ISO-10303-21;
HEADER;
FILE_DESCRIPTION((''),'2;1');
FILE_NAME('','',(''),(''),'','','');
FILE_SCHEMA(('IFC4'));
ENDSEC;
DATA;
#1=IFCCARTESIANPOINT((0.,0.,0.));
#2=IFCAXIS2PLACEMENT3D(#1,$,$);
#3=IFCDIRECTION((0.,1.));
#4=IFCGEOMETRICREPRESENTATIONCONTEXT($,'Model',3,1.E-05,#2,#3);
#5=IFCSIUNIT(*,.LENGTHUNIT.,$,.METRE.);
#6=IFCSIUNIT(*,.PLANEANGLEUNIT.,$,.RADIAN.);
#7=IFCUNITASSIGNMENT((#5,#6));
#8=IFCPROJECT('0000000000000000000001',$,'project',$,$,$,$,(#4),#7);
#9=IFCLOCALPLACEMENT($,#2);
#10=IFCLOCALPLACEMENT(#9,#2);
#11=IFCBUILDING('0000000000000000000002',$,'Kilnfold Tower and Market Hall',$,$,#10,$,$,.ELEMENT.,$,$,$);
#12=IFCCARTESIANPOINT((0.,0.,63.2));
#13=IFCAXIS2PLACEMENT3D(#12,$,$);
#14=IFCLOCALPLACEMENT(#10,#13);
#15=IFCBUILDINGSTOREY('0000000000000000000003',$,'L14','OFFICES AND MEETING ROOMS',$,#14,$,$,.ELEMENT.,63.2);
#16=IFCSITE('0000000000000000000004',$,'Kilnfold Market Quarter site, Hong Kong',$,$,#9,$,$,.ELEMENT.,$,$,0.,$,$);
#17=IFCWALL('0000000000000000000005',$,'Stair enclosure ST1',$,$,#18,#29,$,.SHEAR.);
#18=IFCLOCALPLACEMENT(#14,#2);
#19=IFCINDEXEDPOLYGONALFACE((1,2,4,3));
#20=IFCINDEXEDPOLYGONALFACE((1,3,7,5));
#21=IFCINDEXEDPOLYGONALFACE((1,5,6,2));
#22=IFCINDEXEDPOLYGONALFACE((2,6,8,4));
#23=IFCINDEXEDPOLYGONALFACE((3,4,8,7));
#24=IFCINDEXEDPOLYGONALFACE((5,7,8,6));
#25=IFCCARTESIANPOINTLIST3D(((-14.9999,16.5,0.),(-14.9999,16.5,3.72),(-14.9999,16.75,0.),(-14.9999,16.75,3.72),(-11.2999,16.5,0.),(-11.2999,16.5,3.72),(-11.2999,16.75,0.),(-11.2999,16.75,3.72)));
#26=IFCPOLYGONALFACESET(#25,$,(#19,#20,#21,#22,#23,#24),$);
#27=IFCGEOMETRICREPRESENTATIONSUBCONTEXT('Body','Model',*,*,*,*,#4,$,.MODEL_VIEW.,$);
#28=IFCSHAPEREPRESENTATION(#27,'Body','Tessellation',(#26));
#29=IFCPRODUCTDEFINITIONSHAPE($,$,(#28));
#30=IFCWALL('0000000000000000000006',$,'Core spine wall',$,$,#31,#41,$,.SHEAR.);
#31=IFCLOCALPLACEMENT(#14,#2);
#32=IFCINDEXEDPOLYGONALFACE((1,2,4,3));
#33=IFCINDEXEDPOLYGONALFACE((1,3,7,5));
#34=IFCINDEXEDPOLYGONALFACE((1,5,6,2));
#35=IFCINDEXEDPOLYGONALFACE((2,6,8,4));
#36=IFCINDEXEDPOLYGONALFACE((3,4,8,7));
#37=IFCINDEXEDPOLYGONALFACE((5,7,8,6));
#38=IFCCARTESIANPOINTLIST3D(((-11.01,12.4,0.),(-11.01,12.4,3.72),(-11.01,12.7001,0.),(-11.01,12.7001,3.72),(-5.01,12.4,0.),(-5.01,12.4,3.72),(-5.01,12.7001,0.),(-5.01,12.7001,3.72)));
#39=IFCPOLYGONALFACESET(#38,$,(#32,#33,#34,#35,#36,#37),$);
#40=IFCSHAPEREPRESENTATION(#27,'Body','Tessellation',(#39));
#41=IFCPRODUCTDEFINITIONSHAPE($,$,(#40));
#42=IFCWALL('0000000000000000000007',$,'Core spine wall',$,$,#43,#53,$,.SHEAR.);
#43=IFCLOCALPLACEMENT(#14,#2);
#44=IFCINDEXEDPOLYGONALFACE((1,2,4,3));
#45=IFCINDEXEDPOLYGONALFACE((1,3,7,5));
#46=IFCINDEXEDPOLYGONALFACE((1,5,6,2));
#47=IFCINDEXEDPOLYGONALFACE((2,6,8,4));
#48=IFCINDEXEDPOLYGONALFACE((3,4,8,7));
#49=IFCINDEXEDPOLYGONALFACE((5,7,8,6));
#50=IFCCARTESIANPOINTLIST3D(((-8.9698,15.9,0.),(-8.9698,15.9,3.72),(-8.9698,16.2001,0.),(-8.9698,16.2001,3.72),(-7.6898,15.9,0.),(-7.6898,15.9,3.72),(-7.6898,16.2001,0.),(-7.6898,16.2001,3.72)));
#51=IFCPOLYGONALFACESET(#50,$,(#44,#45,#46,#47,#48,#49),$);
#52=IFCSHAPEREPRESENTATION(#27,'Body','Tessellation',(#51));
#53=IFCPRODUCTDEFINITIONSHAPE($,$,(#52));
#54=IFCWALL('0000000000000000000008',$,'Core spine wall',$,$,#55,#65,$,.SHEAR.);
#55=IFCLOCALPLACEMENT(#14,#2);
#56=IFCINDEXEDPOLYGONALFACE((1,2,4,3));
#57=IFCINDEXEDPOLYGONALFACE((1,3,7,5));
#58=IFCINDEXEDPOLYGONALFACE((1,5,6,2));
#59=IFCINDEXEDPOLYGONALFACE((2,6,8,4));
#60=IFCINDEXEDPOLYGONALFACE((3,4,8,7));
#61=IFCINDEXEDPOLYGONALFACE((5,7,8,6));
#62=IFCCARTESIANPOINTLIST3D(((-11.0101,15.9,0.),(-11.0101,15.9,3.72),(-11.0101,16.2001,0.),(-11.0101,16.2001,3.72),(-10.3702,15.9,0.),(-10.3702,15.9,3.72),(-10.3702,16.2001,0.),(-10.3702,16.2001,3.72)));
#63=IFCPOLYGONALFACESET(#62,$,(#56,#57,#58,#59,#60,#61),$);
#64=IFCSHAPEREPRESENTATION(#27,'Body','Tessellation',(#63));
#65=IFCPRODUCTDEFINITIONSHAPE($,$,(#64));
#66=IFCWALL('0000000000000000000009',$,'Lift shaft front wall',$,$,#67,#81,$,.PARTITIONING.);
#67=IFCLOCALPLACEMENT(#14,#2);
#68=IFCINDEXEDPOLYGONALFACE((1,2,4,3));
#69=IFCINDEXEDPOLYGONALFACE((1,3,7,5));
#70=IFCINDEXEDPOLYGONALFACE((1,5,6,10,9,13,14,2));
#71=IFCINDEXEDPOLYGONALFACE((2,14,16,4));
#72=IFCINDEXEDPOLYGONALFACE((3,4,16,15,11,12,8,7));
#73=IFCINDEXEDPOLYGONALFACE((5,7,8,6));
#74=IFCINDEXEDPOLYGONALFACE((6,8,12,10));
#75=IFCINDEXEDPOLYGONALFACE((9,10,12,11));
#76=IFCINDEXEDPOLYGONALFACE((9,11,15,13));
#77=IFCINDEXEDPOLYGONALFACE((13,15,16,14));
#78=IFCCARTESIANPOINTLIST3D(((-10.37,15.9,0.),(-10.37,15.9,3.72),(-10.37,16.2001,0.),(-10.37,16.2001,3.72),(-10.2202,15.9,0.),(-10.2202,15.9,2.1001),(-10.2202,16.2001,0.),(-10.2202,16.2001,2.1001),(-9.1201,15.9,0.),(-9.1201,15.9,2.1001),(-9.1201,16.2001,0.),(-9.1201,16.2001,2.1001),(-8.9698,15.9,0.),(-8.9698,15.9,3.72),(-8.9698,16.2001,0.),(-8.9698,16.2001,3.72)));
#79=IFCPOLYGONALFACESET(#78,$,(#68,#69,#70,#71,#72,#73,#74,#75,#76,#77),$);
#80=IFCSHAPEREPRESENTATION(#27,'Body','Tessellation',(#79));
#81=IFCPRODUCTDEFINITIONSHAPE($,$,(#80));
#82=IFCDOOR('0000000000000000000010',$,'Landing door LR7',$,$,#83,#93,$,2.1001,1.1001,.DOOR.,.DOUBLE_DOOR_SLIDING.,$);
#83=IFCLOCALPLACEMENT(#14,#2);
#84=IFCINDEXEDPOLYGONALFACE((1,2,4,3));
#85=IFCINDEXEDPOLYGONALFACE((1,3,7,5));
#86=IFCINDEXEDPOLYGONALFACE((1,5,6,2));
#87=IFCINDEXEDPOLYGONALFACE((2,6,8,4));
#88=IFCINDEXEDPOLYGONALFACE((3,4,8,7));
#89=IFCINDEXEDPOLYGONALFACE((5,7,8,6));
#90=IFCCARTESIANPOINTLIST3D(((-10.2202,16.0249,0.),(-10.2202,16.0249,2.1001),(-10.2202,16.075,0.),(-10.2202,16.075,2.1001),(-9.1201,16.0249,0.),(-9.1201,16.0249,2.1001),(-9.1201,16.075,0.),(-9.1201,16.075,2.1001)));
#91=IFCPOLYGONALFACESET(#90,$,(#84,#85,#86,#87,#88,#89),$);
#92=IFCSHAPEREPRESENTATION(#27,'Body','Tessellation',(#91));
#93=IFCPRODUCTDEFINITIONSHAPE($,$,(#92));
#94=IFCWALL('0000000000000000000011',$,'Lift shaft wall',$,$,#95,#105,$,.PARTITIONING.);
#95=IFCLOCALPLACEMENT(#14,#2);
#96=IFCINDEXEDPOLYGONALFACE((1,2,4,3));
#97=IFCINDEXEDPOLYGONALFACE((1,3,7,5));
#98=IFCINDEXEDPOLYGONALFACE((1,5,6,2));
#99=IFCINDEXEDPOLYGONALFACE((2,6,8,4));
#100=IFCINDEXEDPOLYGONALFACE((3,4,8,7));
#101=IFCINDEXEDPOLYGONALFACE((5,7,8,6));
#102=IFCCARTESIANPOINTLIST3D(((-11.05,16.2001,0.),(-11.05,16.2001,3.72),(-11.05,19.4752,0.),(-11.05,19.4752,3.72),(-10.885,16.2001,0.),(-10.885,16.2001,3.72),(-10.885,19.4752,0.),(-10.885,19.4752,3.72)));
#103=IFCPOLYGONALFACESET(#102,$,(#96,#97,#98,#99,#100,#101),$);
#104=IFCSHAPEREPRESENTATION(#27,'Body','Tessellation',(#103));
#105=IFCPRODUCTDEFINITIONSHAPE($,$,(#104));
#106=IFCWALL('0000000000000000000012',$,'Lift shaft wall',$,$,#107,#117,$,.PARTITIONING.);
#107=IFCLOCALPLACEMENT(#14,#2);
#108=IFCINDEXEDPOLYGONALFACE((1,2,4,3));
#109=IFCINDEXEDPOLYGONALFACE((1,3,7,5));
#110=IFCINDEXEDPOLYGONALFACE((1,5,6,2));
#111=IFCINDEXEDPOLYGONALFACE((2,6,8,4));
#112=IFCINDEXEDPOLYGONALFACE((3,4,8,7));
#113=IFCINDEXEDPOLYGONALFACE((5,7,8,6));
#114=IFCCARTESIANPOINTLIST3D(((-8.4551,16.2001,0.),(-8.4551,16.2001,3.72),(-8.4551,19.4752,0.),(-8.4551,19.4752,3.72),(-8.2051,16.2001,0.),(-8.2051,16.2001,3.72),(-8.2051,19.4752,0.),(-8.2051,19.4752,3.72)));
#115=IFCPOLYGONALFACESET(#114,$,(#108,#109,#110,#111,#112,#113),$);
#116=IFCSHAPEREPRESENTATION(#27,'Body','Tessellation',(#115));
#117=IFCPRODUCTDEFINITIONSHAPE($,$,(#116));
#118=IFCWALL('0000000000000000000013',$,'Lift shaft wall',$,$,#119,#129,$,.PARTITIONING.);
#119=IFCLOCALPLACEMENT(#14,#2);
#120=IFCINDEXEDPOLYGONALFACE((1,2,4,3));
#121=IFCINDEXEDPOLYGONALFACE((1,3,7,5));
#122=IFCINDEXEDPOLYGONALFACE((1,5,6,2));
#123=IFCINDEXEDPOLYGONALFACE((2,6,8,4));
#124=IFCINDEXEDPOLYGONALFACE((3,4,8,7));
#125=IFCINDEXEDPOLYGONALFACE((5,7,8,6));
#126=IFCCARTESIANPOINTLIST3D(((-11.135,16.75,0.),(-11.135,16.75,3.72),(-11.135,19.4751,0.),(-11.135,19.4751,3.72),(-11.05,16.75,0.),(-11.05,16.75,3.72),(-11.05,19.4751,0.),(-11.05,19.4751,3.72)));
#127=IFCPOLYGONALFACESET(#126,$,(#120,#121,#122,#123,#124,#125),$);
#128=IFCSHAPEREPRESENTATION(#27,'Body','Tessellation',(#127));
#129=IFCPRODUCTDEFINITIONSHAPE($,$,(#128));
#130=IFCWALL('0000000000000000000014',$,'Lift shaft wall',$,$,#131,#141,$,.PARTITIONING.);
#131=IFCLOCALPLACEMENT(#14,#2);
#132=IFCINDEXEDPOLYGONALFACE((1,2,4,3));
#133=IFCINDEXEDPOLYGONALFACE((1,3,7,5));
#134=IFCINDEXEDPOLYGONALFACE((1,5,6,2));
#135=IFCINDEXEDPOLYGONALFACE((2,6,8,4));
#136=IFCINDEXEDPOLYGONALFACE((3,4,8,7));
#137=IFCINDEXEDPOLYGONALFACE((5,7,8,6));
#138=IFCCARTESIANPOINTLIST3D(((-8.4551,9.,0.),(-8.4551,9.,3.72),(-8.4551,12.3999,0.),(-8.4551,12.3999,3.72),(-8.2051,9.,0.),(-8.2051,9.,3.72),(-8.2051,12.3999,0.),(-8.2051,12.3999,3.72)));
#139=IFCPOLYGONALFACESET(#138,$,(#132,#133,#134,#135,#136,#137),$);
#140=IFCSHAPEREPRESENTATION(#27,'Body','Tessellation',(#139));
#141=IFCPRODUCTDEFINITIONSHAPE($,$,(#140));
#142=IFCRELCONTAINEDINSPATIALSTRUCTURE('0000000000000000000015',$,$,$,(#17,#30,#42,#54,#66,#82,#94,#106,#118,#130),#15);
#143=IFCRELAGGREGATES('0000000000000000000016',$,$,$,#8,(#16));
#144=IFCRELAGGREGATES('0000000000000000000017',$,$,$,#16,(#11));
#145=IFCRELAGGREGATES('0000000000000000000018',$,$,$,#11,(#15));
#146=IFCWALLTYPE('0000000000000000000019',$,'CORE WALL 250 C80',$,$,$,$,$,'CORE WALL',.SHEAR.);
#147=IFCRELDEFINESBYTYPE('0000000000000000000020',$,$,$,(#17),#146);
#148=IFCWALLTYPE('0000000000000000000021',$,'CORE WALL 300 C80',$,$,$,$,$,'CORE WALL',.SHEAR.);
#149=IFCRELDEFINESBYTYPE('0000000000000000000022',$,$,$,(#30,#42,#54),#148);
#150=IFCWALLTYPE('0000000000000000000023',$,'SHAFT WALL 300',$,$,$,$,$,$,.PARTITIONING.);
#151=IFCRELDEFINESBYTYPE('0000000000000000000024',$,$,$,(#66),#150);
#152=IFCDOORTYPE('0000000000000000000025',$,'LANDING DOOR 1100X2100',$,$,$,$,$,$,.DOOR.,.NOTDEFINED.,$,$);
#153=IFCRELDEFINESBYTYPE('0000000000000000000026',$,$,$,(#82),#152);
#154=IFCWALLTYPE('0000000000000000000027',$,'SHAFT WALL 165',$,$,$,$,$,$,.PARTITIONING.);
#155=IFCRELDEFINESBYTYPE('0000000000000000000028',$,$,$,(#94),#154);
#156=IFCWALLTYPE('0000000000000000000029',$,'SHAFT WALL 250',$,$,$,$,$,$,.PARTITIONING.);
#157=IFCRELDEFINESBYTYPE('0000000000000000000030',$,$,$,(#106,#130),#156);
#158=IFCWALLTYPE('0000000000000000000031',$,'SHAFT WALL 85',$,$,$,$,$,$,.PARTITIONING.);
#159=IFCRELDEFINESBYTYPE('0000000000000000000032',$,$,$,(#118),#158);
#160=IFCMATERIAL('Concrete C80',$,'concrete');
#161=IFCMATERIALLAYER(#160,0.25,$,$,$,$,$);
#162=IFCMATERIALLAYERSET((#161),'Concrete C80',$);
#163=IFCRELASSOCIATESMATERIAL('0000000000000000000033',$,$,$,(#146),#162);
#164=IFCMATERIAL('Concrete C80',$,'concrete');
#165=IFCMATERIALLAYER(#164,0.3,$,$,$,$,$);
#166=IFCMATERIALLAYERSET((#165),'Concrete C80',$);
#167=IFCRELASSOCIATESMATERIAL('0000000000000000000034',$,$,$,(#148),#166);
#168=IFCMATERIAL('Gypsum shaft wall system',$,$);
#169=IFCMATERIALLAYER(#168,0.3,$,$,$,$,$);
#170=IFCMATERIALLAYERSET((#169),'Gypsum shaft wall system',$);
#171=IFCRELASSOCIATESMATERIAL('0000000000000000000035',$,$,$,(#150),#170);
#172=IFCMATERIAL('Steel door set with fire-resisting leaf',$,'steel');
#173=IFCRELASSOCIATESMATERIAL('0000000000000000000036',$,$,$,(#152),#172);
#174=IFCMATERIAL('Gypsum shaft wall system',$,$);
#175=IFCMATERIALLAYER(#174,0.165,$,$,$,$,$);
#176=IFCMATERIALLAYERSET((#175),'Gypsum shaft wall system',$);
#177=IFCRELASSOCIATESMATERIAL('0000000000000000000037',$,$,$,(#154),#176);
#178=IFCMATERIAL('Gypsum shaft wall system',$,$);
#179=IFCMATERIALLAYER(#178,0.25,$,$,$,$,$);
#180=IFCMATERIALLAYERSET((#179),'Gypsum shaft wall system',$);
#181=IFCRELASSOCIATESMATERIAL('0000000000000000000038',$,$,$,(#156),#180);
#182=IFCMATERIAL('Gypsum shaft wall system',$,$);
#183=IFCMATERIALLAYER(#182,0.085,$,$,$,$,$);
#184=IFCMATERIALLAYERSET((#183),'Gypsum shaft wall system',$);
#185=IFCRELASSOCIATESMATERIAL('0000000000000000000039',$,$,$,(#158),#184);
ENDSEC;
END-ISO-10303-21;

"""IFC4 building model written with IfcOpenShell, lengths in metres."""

from ifc_helpers import new_model, si_unit, direction, frame, frame_2d, origin, place, context, subcontext, project, spatial, rectangle, extrude, source, transform, mapped, material, layer, layer_set, type_object, element, fill, save


model = new_model("IFC4")

# Units and contexts
model_context = context("Model", 3, precision=1e-05, world=origin(), true_north=direction((0.0, 1.0)))
body_context = subcontext(model_context, "Body", "Model", "MODEL_VIEW")
ifc_project = project(units=[si_unit("LENGTHUNIT", "METRE"), si_unit("PLANEANGLEUNIT", "RADIAN")], contexts=[model_context])

# Site, building, storey
site_placement = place(None, origin())
site = spatial("IfcSite", under=ifc_project, at=site_placement, Name="Kilnfold Market Quarter site, Hong Kong", CompositionType="ELEMENT", RefElevation=0.0)
building_placement = place(site_placement, origin())
building = spatial("IfcBuilding", under=site, at=building_placement, Name="Kilnfold Tower and Market Hall", CompositionType="ELEMENT")
storey_placement = place(building_placement, frame((0.0, 0.0, 63.2)))
storey = spatial("IfcBuildingStorey", under=building, at=storey_placement, Name="L14", Description="OFFICES AND MEETING ROOMS", CompositionType="ELEMENT", Elevation=63.2)

# Walls
ifc_material_1 = material(Name="Concrete C80", Category="concrete")
ifc_layer_1 = layer(ifc_material_1, 0.25)
ifc_layer_set_1 = layer_set([ifc_layer_1], Name="Concrete C80")
wall_type_1 = type_object("IfcWallType", Name="CORE WALL 250 C80", ElementType="CORE WALL", PredefinedType="SHEAR", material=ifc_layer_set_1)
shared_shape_1 = source(origin(), body_context, "Body", "SweptSolid", [
    extrude(rectangle(XDim=3.7, YDim=0.25, at=frame_2d((1.8501, 0.0))), origin(), (0.0, 0.0, 1.0), 3.72),
])
wall_1_placement = place(storey_placement, frame((-15.0, 16.625, 0.0), z_axis=(0.0, 0.0, 1.0), x_axis=(1.0, 0.0, 0.0)))
element("IfcWall", 1, at=wall_1_placement, inside=storey, type_object=wall_type_1, Name="Stair enclosure ST1", PredefinedType="SHEAR", context=body_context, shape_type="MappedRepresentation", body=[
    mapped(shared_shape_1, transform((0.0, 0.0, 0.0))),
])
ifc_material_2 = material(Name="Concrete C80", Category="concrete")
ifc_layer_2 = layer(ifc_material_2, 0.3)
ifc_layer_set_2 = layer_set([ifc_layer_2], Name="Concrete C80")
wall_type_2 = type_object("IfcWallType", Name="CORE WALL 300 C80", ElementType="CORE WALL", PredefinedType="SHEAR", material=ifc_layer_set_2)
shared_shape_2 = source(origin(), body_context, "Body", "SweptSolid", [
    extrude(rectangle(XDim=6.0, YDim=0.3, at=frame_2d((3.0, 0.0))), origin(), (0.0, 0.0, 1.0), 3.72),
])
wall_2_placement = place(storey_placement, frame((-11.01, 12.55, 0.0), z_axis=(0.0, 0.0, 1.0), x_axis=(1.0, 0.0, 0.0)))
element("IfcWall", 2, at=wall_2_placement, inside=storey, type_object=wall_type_2, Name="Core spine wall", PredefinedType="SHEAR", context=body_context, shape_type="MappedRepresentation", body=[
    mapped(shared_shape_2, transform((0.0, 0.0, 0.0))),
])
shared_shape_3 = source(origin(), body_context, "Body", "SweptSolid", [
    extrude(rectangle(XDim=1.28, YDim=0.3, at=frame_2d((0.6401, 0.0))), origin(), (0.0, 0.0, 1.0), 3.72),
])
wall_3_placement = place(storey_placement, frame((-8.97, 16.05, 0.0), z_axis=(0.0, 0.0, 1.0), x_axis=(1.0, 0.0, 0.0)))
element("IfcWall", 3, at=wall_3_placement, inside=storey, type_object=wall_type_2, Name="Core spine wall", PredefinedType="SHEAR", context=body_context, shape_type="MappedRepresentation", body=[
    mapped(shared_shape_3, transform((0.0, 0.0, 0.0))),
])
shared_shape_4 = source(origin(), body_context, "Body", "SweptSolid", [
    extrude(rectangle(XDim=0.6399, YDim=0.3, at=frame_2d((0.3198, 0.0))), origin(), (0.0, 0.0, 1.0), 3.72),
])
wall_4_placement = place(storey_placement, frame((-11.01, 16.05, 0.0), z_axis=(0.0, 0.0, 1.0), x_axis=(1.0, 0.0, 0.0)))
element("IfcWall", 4, at=wall_4_placement, inside=storey, type_object=wall_type_2, Name="Core spine wall", PredefinedType="SHEAR", context=body_context, shape_type="MappedRepresentation", body=[
    mapped(shared_shape_4, transform((0.0, 0.0, 0.0))),
])

# Wall, opening, door
ifc_material_3 = material(Name="Gypsum shaft wall system")
ifc_layer_3 = layer(ifc_material_3, 0.3)
ifc_layer_set_3 = layer_set([ifc_layer_3], Name="Gypsum shaft wall system")
wall_type_3 = type_object("IfcWallType", Name="SHAFT WALL 300", PredefinedType="PARTITIONING", material=ifc_layer_set_3)
shared_shape_5 = source(origin(), body_context, "Body", "SweptSolid", [
    extrude(rectangle(XDim=1.4001, YDim=0.3, at=frame_2d((0.7002, 0.0))), origin(), (0.0, 0.0, 1.0), 3.72),
])
wall_5_placement = place(storey_placement, frame((-10.3701, 16.05, 0.0), z_axis=(0.0, 0.0, 1.0), x_axis=(1.0, 0.0, 0.0)))
wall_5 = element("IfcWall", 5, at=wall_5_placement, inside=storey, type_object=wall_type_3, Name="Lift shaft front wall", PredefinedType="PARTITIONING", context=body_context, shape_type="MappedRepresentation", body=[
    mapped(shared_shape_5, transform((0.0, 0.0, 0.0))),
])
opening_placement = place(wall_5_placement, frame((0.1499, 0.0, 0.0)))
opening = element("IfcOpeningElement", 6, at=opening_placement, cuts=wall_5, PredefinedType="OPENING", context=body_context, shape_type="SweptSolid", body=[
    extrude(rectangle(XDim=1.1001, YDim=2.1001, at=frame_2d((0.55, 1.05))), frame((0.0, 0.1602, 0.0), z_axis=(0.0, -1.0, 0.0), x_axis=(1.0, 0.0, 0.0)), (0.0, 0.0, 1.0), 0.3201),
])
ifc_material_4 = material(Name="Steel door set with fire-resisting leaf", Category="steel")
door_type = type_object("IfcDoorType", Name="LANDING DOOR 1100X2100", OperationType="NOTDEFINED", PredefinedType="DOOR", material=ifc_material_4)
door_placement = place(opening_placement, origin())
door = element("IfcDoor", 7, at=door_placement, inside=storey, type_object=door_type, Name="Landing door LR7", OperationType="DOUBLE_DOOR_SLIDING", OverallHeight=2.1001, OverallWidth=1.1001, PredefinedType="DOOR", context=body_context, shape_type="SweptSolid", body=[
    extrude(rectangle(XDim=1.1001, YDim=2.1001, at=frame_2d((0.55, 1.05))), frame((0.0, 0.0249, 0.0), z_axis=(0.0, -1.0, 0.0), x_axis=(1.0, 0.0, 0.0)), (0.0, 0.0, 1.0), 0.05),
])
fill(opening, door)

# Walls
ifc_material_5 = material(Name="Gypsum shaft wall system")
ifc_layer_4 = layer(ifc_material_5, 0.165)
ifc_layer_set_4 = layer_set([ifc_layer_4], Name="Gypsum shaft wall system")
wall_type_4 = type_object("IfcWallType", Name="SHAFT WALL 165", PredefinedType="PARTITIONING", material=ifc_layer_set_4)
shared_shape_6 = source(origin(), body_context, "Body", "SweptSolid", [
    extrude(rectangle(XDim=3.2751, YDim=0.165, at=frame_2d((1.6377, 0.0))), origin(), (0.0, 0.0, 1.0), 3.72),
])
wall_6_placement = place(storey_placement, frame((-10.9675, 16.2, 0.0), z_axis=(0.0, 0.0, 1.0), x_axis=(0.0, 1.0, 0.0)))
element("IfcWall", 8, at=wall_6_placement, inside=storey, type_object=wall_type_4, Name="Lift shaft wall", PredefinedType="PARTITIONING", context=body_context, shape_type="MappedRepresentation", body=[
    mapped(shared_shape_6, transform((0.0, 0.0, 0.0))),
])
ifc_material_6 = material(Name="Gypsum shaft wall system")
ifc_layer_5 = layer(ifc_material_6, 0.25)
ifc_layer_set_5 = layer_set([ifc_layer_5], Name="Gypsum shaft wall system")
wall_type_5 = type_object("IfcWallType", Name="SHAFT WALL 250", PredefinedType="PARTITIONING", material=ifc_layer_set_5)
shared_shape_7 = source(origin(), body_context, "Body", "SweptSolid", [
    extrude(rectangle(XDim=3.2751, YDim=0.25, at=frame_2d((1.6377, 0.0))), origin(), (0.0, 0.0, 1.0), 3.72),
])
wall_7_placement = place(storey_placement, frame((-8.3301, 16.2, 0.0), z_axis=(0.0, 0.0, 1.0), x_axis=(0.0, 1.0, 0.0)))
element("IfcWall", 9, at=wall_7_placement, inside=storey, type_object=wall_type_5, Name="Lift shaft wall", PredefinedType="PARTITIONING", context=body_context, shape_type="MappedRepresentation", body=[
    mapped(shared_shape_7, transform((0.0, 0.0, 0.0))),
])
ifc_material_7 = material(Name="Gypsum shaft wall system")
ifc_layer_6 = layer(ifc_material_7, 0.085)
ifc_layer_set_6 = layer_set([ifc_layer_6], Name="Gypsum shaft wall system")
wall_type_6 = type_object("IfcWallType", Name="SHAFT WALL 85", PredefinedType="PARTITIONING", material=ifc_layer_set_6)
shared_shape_8 = source(origin(), body_context, "Body", "SweptSolid", [
    extrude(rectangle(XDim=2.7251, YDim=0.085, at=frame_2d((1.3625, 0.0))), origin(), (0.0, 0.0, 1.0), 3.72),
])
wall_8_placement = place(storey_placement, frame((-11.0925, 16.75, 0.0), z_axis=(0.0, 0.0, 1.0), x_axis=(0.0, 1.0, 0.0)))
element("IfcWall", 10, at=wall_8_placement, inside=storey, type_object=wall_type_6, Name="Lift shaft wall", PredefinedType="PARTITIONING", context=body_context, shape_type="MappedRepresentation", body=[
    mapped(shared_shape_8, transform((0.0, 0.0, 0.0))),
])
shared_shape_9 = source(origin(), body_context, "Body", "SweptSolid", [
    extrude(rectangle(XDim=3.3999, YDim=0.25, at=frame_2d((1.7, 0.0))), origin(), (0.0, 0.0, 1.0), 3.72),
])
wall_9_placement = place(storey_placement, frame((-8.3301, 9.0, 0.0), z_axis=(0.0, 0.0, 1.0), x_axis=(0.0, 1.0, 0.0)))
element("IfcWall", 11, at=wall_9_placement, inside=storey, type_object=wall_type_5, Name="Lift shaft wall", PredefinedType="PARTITIONING", context=body_context, shape_type="MappedRepresentation", body=[
    mapped(shared_shape_9, transform((0.0, 0.0, 0.0))),
])

save(model, "model.ifc")
